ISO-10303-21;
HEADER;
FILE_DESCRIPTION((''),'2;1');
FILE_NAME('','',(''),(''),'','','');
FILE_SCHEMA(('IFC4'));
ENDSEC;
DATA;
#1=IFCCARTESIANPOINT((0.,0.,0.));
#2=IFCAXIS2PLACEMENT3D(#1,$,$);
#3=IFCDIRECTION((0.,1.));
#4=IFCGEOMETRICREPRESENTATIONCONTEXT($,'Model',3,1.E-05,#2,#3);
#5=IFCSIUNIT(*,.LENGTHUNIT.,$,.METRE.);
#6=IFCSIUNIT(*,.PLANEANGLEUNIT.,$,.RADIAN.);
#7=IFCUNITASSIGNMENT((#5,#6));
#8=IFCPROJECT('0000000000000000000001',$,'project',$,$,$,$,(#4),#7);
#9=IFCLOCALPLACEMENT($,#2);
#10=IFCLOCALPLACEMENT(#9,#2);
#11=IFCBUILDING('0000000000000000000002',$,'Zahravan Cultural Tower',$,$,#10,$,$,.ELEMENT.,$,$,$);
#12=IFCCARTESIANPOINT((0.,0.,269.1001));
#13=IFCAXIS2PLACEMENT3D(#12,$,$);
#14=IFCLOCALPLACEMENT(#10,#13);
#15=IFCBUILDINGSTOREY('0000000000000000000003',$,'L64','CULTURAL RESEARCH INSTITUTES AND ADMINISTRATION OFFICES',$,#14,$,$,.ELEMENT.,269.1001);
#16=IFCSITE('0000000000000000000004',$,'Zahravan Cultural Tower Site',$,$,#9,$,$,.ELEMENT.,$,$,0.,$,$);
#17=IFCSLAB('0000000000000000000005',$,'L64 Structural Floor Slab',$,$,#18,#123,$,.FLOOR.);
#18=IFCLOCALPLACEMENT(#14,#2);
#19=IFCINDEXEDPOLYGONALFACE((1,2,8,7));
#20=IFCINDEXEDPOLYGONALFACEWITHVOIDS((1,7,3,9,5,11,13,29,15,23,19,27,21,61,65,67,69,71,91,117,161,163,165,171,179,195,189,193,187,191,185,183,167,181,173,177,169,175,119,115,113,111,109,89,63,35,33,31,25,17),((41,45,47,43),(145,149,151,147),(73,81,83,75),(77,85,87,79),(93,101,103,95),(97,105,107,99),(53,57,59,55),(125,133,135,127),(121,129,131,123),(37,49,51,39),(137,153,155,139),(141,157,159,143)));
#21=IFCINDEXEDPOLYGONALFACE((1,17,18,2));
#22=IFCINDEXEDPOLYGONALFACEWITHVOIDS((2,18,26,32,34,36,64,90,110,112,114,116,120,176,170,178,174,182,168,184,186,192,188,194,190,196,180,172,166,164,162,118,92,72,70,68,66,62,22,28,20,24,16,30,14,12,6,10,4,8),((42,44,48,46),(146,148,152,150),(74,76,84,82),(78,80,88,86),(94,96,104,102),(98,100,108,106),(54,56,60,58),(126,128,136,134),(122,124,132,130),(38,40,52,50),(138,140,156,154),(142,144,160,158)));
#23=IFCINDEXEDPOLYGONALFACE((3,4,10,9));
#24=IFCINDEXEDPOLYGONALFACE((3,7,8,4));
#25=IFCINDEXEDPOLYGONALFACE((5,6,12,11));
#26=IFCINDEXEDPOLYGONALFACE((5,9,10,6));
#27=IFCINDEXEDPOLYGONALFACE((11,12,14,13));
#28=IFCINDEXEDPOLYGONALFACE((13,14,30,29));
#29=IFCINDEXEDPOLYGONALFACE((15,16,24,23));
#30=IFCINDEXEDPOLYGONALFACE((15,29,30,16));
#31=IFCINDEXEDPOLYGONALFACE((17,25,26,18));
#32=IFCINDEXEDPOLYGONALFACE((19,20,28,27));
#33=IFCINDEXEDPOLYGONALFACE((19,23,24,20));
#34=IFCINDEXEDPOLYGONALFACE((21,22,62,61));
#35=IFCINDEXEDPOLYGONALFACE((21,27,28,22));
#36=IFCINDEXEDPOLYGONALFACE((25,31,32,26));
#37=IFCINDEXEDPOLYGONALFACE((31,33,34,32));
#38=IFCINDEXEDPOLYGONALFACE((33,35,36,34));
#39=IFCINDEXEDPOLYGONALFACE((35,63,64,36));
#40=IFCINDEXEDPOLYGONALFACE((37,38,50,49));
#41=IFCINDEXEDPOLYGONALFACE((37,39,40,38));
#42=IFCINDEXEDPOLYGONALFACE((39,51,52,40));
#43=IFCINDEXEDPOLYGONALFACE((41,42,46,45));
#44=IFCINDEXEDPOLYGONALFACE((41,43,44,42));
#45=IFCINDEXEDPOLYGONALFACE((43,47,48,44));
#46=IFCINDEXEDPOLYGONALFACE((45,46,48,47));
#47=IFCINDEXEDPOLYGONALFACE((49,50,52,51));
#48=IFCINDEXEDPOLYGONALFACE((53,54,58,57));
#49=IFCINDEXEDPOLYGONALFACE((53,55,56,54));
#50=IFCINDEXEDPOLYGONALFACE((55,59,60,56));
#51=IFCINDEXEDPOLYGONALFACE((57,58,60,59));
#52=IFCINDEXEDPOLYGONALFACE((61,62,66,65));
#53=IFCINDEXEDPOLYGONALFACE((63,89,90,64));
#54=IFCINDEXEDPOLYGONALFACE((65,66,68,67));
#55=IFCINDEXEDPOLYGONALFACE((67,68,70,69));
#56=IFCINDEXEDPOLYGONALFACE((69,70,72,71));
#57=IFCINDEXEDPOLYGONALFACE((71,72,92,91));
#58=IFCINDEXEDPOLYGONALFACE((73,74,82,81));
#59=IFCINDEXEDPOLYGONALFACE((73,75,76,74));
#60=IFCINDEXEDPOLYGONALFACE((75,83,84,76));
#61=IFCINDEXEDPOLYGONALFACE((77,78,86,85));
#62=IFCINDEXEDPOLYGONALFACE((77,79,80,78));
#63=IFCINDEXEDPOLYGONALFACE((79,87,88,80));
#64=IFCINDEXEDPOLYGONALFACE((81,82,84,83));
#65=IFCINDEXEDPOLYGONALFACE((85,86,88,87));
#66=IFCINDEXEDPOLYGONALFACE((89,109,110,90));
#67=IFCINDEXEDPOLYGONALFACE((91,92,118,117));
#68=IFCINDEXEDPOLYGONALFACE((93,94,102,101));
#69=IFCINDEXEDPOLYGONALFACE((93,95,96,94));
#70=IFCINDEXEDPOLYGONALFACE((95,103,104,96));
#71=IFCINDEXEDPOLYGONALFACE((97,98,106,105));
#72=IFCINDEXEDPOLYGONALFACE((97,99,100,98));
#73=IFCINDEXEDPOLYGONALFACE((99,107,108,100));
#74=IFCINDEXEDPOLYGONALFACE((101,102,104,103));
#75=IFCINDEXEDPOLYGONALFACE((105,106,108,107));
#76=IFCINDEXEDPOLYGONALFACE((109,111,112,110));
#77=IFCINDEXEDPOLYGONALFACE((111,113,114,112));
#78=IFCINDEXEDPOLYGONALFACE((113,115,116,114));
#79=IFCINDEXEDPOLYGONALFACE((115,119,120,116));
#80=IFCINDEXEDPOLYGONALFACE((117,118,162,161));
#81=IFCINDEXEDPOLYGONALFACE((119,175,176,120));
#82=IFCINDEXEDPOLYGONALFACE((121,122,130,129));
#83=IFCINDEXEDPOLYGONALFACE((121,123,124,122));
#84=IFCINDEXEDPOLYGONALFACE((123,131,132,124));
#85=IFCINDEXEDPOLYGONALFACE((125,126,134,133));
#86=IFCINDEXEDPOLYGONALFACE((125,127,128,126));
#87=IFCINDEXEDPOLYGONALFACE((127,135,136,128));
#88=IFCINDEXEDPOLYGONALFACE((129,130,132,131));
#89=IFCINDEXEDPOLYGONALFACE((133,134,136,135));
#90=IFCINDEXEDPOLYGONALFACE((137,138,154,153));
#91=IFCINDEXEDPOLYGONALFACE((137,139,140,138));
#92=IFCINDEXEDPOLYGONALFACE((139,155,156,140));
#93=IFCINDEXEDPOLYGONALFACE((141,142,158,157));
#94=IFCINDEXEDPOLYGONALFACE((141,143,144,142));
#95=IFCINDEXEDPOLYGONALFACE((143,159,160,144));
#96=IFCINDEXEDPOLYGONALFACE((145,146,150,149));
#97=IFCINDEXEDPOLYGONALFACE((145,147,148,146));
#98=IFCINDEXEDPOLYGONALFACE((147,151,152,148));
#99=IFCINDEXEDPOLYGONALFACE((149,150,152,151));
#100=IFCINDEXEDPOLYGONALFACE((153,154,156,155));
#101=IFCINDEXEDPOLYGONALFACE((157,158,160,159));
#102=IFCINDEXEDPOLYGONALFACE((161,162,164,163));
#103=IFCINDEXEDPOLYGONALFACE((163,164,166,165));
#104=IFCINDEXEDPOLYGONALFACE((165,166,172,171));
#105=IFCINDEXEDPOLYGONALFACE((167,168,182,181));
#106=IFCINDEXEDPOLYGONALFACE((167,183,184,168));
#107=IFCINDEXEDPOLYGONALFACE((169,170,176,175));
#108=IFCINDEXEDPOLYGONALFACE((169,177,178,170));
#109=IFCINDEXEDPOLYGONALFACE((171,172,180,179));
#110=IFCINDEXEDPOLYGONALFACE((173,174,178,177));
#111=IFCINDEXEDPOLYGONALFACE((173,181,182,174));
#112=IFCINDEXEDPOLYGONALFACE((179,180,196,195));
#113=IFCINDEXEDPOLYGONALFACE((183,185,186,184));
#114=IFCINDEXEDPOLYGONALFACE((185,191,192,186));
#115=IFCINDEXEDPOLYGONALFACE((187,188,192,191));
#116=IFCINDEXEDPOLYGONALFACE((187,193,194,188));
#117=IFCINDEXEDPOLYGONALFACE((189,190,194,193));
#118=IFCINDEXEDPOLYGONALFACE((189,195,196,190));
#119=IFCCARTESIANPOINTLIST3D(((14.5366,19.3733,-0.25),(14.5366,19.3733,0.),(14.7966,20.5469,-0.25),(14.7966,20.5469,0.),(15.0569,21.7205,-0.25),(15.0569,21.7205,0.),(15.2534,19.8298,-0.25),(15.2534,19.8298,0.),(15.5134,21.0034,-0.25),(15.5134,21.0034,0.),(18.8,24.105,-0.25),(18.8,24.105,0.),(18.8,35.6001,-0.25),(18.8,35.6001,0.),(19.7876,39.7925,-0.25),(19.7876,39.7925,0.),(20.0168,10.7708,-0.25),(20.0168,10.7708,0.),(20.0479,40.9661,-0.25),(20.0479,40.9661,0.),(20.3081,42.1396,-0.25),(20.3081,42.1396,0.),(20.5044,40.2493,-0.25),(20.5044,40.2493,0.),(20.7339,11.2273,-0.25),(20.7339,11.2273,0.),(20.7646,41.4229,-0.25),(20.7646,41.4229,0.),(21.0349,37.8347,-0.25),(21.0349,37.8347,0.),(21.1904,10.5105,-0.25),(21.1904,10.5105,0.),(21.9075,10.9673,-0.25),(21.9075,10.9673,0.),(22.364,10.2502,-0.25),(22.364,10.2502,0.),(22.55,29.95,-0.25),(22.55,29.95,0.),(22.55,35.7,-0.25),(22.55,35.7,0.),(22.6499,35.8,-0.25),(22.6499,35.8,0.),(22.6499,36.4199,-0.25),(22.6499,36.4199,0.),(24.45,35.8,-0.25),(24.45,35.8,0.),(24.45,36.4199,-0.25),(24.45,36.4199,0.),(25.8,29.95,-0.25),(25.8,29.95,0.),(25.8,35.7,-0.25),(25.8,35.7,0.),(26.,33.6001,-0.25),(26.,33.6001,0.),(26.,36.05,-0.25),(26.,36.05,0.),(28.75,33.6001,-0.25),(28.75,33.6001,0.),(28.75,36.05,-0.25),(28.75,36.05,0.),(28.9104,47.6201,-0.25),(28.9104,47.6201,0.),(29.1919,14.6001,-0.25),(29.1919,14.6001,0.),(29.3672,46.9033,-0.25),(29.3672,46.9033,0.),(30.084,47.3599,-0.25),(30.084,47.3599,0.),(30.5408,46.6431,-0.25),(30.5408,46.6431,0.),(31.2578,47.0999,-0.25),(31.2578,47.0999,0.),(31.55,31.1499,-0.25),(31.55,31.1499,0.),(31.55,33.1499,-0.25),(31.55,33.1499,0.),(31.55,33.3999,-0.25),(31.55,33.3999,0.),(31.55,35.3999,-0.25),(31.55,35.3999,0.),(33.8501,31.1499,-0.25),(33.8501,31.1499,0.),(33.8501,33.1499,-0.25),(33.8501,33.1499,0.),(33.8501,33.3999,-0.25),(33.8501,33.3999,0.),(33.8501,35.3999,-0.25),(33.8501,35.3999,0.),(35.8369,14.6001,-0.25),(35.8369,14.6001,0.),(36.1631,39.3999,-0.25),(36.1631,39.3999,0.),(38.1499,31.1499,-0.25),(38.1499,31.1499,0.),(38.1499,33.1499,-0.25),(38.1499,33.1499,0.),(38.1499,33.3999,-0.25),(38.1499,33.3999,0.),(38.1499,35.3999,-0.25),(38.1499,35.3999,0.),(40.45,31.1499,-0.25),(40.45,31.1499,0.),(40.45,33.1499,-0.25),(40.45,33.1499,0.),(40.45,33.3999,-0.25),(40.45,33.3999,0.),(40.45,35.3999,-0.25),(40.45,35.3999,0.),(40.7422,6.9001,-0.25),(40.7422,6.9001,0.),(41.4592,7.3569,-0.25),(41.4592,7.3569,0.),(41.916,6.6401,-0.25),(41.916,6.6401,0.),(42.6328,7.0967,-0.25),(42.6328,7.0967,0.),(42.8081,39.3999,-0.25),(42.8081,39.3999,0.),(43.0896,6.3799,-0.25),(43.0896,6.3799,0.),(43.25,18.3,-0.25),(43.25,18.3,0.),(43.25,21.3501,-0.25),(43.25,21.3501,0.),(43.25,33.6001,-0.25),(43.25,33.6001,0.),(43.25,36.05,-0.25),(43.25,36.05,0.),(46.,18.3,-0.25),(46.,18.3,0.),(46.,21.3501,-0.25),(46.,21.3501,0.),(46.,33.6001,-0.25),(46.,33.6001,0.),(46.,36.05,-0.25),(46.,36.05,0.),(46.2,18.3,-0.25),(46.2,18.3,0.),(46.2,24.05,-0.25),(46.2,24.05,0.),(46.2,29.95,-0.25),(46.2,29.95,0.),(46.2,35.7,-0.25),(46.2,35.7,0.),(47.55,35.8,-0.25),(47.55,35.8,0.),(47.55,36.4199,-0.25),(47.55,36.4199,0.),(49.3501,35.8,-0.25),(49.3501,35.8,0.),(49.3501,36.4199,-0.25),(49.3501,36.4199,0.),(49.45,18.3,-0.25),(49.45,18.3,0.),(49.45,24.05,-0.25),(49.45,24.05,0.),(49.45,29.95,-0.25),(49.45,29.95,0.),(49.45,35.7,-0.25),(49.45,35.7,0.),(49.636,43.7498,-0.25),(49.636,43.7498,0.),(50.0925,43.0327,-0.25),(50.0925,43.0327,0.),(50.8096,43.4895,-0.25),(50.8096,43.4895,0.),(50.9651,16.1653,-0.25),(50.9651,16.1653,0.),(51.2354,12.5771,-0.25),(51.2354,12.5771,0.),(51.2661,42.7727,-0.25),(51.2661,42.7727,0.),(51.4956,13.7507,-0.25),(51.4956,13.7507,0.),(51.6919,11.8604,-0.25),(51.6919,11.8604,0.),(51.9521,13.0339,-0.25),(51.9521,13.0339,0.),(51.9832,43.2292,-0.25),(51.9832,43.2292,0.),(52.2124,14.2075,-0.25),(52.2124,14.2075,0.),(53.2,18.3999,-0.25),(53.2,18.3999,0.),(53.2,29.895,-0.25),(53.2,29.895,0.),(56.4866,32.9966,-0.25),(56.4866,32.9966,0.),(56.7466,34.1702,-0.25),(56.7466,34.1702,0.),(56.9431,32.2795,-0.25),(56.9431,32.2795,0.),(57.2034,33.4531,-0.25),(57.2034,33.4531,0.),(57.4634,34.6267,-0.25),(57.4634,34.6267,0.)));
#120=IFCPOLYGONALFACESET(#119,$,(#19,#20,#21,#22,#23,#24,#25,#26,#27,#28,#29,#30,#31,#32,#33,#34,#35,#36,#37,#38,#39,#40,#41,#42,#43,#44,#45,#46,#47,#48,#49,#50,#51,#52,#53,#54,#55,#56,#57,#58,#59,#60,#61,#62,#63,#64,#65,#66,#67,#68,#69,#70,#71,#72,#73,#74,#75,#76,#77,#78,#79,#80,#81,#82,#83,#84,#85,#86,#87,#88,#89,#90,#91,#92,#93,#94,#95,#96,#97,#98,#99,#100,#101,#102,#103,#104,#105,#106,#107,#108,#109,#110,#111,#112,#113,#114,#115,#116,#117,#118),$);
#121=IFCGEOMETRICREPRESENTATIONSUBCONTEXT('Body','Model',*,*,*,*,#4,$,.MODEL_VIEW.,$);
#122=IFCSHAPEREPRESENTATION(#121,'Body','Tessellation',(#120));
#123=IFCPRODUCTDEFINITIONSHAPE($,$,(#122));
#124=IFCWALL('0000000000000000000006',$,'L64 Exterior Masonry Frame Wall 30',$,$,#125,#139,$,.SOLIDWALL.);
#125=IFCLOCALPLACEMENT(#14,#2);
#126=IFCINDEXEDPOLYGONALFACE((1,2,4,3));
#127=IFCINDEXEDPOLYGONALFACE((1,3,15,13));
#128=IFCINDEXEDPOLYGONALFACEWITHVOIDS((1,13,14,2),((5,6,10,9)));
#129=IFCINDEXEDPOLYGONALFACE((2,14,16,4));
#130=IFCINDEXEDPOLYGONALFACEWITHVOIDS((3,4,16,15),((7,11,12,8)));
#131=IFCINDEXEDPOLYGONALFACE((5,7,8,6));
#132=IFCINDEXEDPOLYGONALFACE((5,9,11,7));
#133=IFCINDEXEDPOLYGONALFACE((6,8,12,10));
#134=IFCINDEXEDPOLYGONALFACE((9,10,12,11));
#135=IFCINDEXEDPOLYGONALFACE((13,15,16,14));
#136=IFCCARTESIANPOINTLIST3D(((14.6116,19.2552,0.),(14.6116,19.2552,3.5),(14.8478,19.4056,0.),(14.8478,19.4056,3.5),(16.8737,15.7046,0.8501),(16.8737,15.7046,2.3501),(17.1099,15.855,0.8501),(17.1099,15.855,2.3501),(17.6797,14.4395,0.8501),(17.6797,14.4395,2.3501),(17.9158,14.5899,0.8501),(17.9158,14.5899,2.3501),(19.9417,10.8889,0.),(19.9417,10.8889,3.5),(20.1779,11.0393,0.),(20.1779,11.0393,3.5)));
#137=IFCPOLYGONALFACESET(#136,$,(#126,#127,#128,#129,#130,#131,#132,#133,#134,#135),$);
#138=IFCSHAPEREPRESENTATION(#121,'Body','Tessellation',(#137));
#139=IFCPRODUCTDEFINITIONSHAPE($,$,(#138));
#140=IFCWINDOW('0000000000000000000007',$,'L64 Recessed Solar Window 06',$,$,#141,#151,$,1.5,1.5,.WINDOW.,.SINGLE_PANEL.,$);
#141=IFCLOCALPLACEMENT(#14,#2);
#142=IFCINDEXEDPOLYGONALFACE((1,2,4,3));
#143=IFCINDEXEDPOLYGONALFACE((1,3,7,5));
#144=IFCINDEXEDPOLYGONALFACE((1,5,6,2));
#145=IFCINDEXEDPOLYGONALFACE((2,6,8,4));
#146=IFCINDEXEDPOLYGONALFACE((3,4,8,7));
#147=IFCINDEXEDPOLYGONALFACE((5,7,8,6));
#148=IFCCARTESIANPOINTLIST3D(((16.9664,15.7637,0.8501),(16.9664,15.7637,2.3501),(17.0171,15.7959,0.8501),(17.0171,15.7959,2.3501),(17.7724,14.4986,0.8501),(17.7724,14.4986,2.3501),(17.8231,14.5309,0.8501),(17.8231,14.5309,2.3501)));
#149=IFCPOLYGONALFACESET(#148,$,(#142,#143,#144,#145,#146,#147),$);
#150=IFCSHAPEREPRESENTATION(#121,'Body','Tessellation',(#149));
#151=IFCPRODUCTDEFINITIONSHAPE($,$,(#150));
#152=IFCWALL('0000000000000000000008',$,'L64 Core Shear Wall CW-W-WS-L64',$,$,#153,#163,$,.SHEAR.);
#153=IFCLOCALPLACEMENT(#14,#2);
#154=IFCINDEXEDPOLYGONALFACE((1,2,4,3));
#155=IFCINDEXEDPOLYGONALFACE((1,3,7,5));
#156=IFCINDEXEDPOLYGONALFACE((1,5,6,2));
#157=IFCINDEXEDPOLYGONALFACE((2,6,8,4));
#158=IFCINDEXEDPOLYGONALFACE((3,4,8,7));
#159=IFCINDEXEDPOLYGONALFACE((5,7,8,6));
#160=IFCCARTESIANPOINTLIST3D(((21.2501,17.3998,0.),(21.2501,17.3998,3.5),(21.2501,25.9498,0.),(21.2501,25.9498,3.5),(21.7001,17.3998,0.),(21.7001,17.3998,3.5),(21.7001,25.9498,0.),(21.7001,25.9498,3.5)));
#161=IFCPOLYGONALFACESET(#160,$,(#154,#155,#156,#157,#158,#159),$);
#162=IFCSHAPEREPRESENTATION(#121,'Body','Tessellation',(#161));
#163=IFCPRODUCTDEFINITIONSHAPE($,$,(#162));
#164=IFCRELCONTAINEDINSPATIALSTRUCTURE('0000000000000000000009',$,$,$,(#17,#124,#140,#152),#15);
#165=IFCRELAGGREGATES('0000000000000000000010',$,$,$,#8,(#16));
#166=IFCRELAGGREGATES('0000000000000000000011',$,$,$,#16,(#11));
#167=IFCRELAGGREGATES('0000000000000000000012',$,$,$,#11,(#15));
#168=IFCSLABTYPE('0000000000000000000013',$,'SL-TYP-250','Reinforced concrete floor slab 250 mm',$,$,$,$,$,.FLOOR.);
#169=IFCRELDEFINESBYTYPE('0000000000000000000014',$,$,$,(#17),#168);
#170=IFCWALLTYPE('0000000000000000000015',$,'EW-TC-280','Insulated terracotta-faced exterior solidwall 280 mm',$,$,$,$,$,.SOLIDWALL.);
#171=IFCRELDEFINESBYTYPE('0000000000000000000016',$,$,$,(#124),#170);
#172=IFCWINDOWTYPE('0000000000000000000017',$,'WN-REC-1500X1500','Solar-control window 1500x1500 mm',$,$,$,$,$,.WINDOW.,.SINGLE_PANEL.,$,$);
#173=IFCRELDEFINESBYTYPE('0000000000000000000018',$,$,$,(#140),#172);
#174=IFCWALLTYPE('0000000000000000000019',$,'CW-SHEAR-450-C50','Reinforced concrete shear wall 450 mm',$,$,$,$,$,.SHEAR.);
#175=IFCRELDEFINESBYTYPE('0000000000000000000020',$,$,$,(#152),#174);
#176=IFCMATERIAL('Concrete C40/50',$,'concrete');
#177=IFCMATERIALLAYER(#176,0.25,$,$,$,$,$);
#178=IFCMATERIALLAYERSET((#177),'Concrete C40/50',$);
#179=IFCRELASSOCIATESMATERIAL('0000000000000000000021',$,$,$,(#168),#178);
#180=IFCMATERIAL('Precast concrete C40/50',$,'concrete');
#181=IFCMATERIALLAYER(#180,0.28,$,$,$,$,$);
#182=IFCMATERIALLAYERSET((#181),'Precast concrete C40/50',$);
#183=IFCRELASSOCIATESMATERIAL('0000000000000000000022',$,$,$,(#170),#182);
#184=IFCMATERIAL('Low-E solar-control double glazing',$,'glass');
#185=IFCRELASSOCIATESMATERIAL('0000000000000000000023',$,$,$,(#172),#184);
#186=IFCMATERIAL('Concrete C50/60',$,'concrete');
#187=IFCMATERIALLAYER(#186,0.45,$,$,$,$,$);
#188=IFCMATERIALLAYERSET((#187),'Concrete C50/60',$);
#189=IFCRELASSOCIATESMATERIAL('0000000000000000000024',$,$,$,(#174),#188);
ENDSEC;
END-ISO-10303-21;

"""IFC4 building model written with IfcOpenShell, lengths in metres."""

from ifc_helpers import new_model, si_unit, direction, frame, frame_2d, origin, place, context, subcontext, project, spatial, polyline, rectangle, outline, extrude, source, transform, mapped, material, layer, layer_set, type_object, element, fill, save


model = new_model("IFC4")

# Units and contexts
model_context = context("Model", 3, precision=1e-05, world=origin(), true_north=direction((0.0, 1.0)))
body_context = subcontext(model_context, "Body", "Model", "MODEL_VIEW")
ifc_project = project(units=[si_unit("LENGTHUNIT", "METRE"), si_unit("PLANEANGLEUNIT", "RADIAN")], contexts=[model_context])

# Site, building, storey
site_placement = place(None, origin())
site = spatial("IfcSite", under=ifc_project, at=site_placement, Name="Zahravan Cultural Tower Site", CompositionType="ELEMENT", RefElevation=0.0)
building_placement = place(site_placement, origin())
building = spatial("IfcBuilding", under=site, at=building_placement, Name="Zahravan Cultural Tower", CompositionType="ELEMENT")
storey_placement = place(building_placement, frame((0.0, 0.0, 269.1001)))
storey = spatial("IfcBuildingStorey", under=building, at=storey_placement, Name="L64", Description="CULTURAL RESEARCH INSTITUTES AND ADMINISTRATION OFFICES", CompositionType="ELEMENT", Elevation=269.1001)

# Shared definitions
ifc_material_1 = material(Name="Concrete C50/60", Category="concrete")

# Slab
ifc_material_2 = material(Name="Concrete C40/50", Category="concrete")
ifc_layer_1 = layer(ifc_material_2, 0.25)
ifc_layer_set_1 = layer_set([ifc_layer_1], Name="Concrete C40/50")
slab_type_1 = type_object("IfcSlabType", Name="SL-TYP-250", Description="Reinforced concrete floor slab 250 mm", PredefinedType="FLOOR", material=ifc_layer_set_1)
slab_1_placement = place(storey_placement, frame((0.0, 0.0, -0.25)))
element("IfcSlab", 1, at=slab_1_placement, inside=storey, type_object=slab_type_1, Name="L64 Structural Floor Slab", PredefinedType="FLOOR", context=body_context, shape_type="SweptSolid", body=[
    extrude(outline(polyline([(42.8081, 39.3999), (36.1631, 39.3999), (31.2578, 47.0999), (30.5408, 46.6431), (30.084, 47.3599), (29.3672, 46.9033), (28.9104, 47.6201), (20.3081, 42.1396), (20.7646, 41.4229), (20.0479, 40.9661), (20.5044, 40.2493), (19.7876, 39.7925), (21.0349, 37.8347), (18.8, 35.6001), (18.8, 24.105), (15.0569, 21.7205), (15.5134, 21.0034), (14.7966, 20.5469), (15.2534, 19.8298), (14.5366, 19.3733), (20.0168, 10.7708), (20.7339, 11.2273), (21.1904, 10.5105), (21.9075, 10.9673), (22.364, 10.2502), (29.1919, 14.6001), (35.8369, 14.6001), (40.7422, 6.9001), (41.4592, 7.3569), (41.916, 6.6401), (42.6328, 7.0967), (43.0896, 6.3799), (51.6919, 11.8604), (51.2354, 12.5771), (51.9521, 13.0339), (51.4956, 13.7507), (52.2124, 14.2075), (50.9651, 16.1653), (53.2, 18.3999), (53.2, 29.895), (56.9431, 32.2795), (56.4866, 32.9966), (57.2034, 33.4531), (56.7466, 34.1702), (57.4634, 34.6267), (51.9832, 43.2292), (51.2661, 42.7727), (50.8096, 43.4895), (50.0925, 43.0327), (49.636, 43.7498), (42.8081, 39.3999)]), holes=[polyline([(22.55, 29.95), (22.55, 35.7), (25.8, 35.7), (25.8, 29.95), (22.55, 29.95)]), polyline([(46.2, 29.95), (46.2, 35.7), (49.45, 35.7), (49.45, 29.95), (46.2, 29.95)]), polyline([(46.2, 18.3), (46.2, 24.05), (49.45, 24.05), (49.45, 18.3), (46.2, 18.3)]), polyline([(26.0, 33.6001), (26.0, 36.05), (28.75, 36.05), (28.75, 33.6001), (26.0, 33.6001)]), polyline([(43.25, 33.6001), (43.25, 36.05), (46.0, 36.05), (46.0, 33.6001), (43.25, 33.6001)]), polyline([(43.25, 18.3), (43.25, 21.3501), (46.0, 21.3501), (46.0, 18.3), (43.25, 18.3)]), polyline([(31.55, 33.3999), (31.55, 35.3999), (33.8501, 35.3999), (33.8501, 33.3999), (31.55, 33.3999)]), polyline([(31.55, 31.1499), (31.55, 33.1499), (33.8501, 33.1499), (33.8501, 31.1499), (31.55, 31.1499)]), polyline([(38.1499, 33.3999), (38.1499, 35.3999), (40.45, 35.3999), (40.45, 33.3999), (38.1499, 33.3999)]), polyline([(38.1499, 31.1499), (38.1499, 33.1499), (40.45, 33.1499), (40.45, 31.1499), (38.1499, 31.1499)]), polyline([(22.6499, 35.8), (22.6499, 36.4199), (24.45, 36.4199), (24.45, 35.8), (22.6499, 35.8)]), polyline([(47.55, 35.8), (47.55, 36.4199), (49.3501, 36.4199), (49.3501, 35.8), (47.55, 35.8)])]), origin(), (0.0, 0.0, 1.0), 0.25),
])

# Wall, opening, window
ifc_material_3 = material(Name="Precast concrete C40/50", Category="concrete")
ifc_layer_2 = layer(ifc_material_3, 0.28)
ifc_layer_set_2 = layer_set([ifc_layer_2], Name="Precast concrete C40/50")
wall_type_1 = type_object("IfcWallType", Name="EW-TC-280", Description="Insulated terracotta-faced exterior solidwall 280 mm", PredefinedType="SOLIDWALL", material=ifc_layer_set_2)
wall_1_placement = place(storey_placement, frame((20.0598, 10.9641, 0.0), z_axis=(0.0, 0.0, 1.0), x_axis=(-0.537315, 0.843382, 0.0)))
wall_1 = element("IfcWall", 2, at=wall_1_placement, inside=storey, type_object=wall_type_1, Name="L64 Exterior Masonry Frame Wall 30", PredefinedType="SOLIDWALL", context=body_context, shape_type="SweptSolid", body=[
    extrude(rectangle(XDim=9.9199, YDim=0.28, at=frame_2d((4.96, 0.0))), origin(), (0.0, 0.0, 1.0), 3.5),
])
opening_placement = place(wall_1_placement, frame((4.21, 0.0, 0.8501)))
opening = element("IfcOpeningElement", 3, at=opening_placement, cuts=wall_1, PredefinedType="OPENING", context=body_context, shape_type="SweptSolid", body=[
    extrude(rectangle(XDim=1.5, YDim=1.5, at=frame_2d((0.75, 0.75))), frame((0.0, 0.1499, 0.0), z_axis=(0.0, -1.0, 0.0), x_axis=(1.0, 0.0, 0.0)), (0.0, 0.0, 1.0), 0.3),
])
ifc_material_4 = material(Name="Low-E solar-control double glazing", Category="glass")
window_type = type_object("IfcWindowType", Name="WN-REC-1500X1500", Description="Solar-control window 1500x1500 mm", PartitioningType="SINGLE_PANEL", PredefinedType="WINDOW", material=ifc_material_4)
shared_shape_1 = source(origin(), body_context, "Body", "SweptSolid", [
    extrude(rectangle(XDim=1.5, YDim=1.5, at=frame_2d((0.75, 0.75))), frame((0.0, 0.03, 0.0), z_axis=(0.0, -1.0, 0.0), x_axis=(1.0, 0.0, 0.0)), (0.0, 0.0, 1.0), 0.0601),
])
window_placement = place(opening_placement, origin())
window = element("IfcWindow", 4, at=window_placement, inside=storey, type_object=window_type, Name="L64 Recessed Solar Window 06", OverallHeight=1.5, OverallWidth=1.5, PartitioningType="SINGLE_PANEL", PredefinedType="WINDOW", context=body_context, shape_type="MappedRepresentation", body=[
    mapped(shared_shape_1, transform((0.0, 0.0, 0.0), x_axis=(1.0, 0.0, 0.0), y_axis=(0.0, 1.0, 0.0), z_axis=(0.0, 0.0, 1.0), scale=1.0)),
])
fill(opening, window)

# Wall
ifc_layer_3 = layer(ifc_material_1, 0.45)
ifc_layer_set_3 = layer_set([ifc_layer_3], Name="Concrete C50/60")
wall_type_2 = type_object("IfcWallType", Name="CW-SHEAR-450-C50", Description="Reinforced concrete shear wall 450 mm", PredefinedType="SHEAR", material=ifc_layer_set_3)
shared_shape_2 = source(origin(), body_context, "Body", "SweptSolid", [
    extrude(rectangle(XDim=8.55, YDim=0.45, at=frame_2d((4.2749, 0.0))), origin(), (0.0, 0.0, 1.0), 3.5),
])
wall_2_placement = place(storey_placement, frame((21.4751, 17.3999, 0.0), z_axis=(0.0, 0.0, 1.0), x_axis=(0.0, 1.0, 0.0)))
element("IfcWall", 5, at=wall_2_placement, inside=storey, type_object=wall_type_2, Name="L64 Core Shear Wall CW-W-WS-L64", PredefinedType="SHEAR", context=body_context, shape_type="MappedRepresentation", body=[
    mapped(shared_shape_2, transform((0.0, 0.0, 0.0), x_axis=(1.0, 0.0, 0.0), y_axis=(0.0, 1.0, 0.0), z_axis=(0.0, 0.0, 1.0), scale=1.0)),
])

save(model, "model.ifc")
